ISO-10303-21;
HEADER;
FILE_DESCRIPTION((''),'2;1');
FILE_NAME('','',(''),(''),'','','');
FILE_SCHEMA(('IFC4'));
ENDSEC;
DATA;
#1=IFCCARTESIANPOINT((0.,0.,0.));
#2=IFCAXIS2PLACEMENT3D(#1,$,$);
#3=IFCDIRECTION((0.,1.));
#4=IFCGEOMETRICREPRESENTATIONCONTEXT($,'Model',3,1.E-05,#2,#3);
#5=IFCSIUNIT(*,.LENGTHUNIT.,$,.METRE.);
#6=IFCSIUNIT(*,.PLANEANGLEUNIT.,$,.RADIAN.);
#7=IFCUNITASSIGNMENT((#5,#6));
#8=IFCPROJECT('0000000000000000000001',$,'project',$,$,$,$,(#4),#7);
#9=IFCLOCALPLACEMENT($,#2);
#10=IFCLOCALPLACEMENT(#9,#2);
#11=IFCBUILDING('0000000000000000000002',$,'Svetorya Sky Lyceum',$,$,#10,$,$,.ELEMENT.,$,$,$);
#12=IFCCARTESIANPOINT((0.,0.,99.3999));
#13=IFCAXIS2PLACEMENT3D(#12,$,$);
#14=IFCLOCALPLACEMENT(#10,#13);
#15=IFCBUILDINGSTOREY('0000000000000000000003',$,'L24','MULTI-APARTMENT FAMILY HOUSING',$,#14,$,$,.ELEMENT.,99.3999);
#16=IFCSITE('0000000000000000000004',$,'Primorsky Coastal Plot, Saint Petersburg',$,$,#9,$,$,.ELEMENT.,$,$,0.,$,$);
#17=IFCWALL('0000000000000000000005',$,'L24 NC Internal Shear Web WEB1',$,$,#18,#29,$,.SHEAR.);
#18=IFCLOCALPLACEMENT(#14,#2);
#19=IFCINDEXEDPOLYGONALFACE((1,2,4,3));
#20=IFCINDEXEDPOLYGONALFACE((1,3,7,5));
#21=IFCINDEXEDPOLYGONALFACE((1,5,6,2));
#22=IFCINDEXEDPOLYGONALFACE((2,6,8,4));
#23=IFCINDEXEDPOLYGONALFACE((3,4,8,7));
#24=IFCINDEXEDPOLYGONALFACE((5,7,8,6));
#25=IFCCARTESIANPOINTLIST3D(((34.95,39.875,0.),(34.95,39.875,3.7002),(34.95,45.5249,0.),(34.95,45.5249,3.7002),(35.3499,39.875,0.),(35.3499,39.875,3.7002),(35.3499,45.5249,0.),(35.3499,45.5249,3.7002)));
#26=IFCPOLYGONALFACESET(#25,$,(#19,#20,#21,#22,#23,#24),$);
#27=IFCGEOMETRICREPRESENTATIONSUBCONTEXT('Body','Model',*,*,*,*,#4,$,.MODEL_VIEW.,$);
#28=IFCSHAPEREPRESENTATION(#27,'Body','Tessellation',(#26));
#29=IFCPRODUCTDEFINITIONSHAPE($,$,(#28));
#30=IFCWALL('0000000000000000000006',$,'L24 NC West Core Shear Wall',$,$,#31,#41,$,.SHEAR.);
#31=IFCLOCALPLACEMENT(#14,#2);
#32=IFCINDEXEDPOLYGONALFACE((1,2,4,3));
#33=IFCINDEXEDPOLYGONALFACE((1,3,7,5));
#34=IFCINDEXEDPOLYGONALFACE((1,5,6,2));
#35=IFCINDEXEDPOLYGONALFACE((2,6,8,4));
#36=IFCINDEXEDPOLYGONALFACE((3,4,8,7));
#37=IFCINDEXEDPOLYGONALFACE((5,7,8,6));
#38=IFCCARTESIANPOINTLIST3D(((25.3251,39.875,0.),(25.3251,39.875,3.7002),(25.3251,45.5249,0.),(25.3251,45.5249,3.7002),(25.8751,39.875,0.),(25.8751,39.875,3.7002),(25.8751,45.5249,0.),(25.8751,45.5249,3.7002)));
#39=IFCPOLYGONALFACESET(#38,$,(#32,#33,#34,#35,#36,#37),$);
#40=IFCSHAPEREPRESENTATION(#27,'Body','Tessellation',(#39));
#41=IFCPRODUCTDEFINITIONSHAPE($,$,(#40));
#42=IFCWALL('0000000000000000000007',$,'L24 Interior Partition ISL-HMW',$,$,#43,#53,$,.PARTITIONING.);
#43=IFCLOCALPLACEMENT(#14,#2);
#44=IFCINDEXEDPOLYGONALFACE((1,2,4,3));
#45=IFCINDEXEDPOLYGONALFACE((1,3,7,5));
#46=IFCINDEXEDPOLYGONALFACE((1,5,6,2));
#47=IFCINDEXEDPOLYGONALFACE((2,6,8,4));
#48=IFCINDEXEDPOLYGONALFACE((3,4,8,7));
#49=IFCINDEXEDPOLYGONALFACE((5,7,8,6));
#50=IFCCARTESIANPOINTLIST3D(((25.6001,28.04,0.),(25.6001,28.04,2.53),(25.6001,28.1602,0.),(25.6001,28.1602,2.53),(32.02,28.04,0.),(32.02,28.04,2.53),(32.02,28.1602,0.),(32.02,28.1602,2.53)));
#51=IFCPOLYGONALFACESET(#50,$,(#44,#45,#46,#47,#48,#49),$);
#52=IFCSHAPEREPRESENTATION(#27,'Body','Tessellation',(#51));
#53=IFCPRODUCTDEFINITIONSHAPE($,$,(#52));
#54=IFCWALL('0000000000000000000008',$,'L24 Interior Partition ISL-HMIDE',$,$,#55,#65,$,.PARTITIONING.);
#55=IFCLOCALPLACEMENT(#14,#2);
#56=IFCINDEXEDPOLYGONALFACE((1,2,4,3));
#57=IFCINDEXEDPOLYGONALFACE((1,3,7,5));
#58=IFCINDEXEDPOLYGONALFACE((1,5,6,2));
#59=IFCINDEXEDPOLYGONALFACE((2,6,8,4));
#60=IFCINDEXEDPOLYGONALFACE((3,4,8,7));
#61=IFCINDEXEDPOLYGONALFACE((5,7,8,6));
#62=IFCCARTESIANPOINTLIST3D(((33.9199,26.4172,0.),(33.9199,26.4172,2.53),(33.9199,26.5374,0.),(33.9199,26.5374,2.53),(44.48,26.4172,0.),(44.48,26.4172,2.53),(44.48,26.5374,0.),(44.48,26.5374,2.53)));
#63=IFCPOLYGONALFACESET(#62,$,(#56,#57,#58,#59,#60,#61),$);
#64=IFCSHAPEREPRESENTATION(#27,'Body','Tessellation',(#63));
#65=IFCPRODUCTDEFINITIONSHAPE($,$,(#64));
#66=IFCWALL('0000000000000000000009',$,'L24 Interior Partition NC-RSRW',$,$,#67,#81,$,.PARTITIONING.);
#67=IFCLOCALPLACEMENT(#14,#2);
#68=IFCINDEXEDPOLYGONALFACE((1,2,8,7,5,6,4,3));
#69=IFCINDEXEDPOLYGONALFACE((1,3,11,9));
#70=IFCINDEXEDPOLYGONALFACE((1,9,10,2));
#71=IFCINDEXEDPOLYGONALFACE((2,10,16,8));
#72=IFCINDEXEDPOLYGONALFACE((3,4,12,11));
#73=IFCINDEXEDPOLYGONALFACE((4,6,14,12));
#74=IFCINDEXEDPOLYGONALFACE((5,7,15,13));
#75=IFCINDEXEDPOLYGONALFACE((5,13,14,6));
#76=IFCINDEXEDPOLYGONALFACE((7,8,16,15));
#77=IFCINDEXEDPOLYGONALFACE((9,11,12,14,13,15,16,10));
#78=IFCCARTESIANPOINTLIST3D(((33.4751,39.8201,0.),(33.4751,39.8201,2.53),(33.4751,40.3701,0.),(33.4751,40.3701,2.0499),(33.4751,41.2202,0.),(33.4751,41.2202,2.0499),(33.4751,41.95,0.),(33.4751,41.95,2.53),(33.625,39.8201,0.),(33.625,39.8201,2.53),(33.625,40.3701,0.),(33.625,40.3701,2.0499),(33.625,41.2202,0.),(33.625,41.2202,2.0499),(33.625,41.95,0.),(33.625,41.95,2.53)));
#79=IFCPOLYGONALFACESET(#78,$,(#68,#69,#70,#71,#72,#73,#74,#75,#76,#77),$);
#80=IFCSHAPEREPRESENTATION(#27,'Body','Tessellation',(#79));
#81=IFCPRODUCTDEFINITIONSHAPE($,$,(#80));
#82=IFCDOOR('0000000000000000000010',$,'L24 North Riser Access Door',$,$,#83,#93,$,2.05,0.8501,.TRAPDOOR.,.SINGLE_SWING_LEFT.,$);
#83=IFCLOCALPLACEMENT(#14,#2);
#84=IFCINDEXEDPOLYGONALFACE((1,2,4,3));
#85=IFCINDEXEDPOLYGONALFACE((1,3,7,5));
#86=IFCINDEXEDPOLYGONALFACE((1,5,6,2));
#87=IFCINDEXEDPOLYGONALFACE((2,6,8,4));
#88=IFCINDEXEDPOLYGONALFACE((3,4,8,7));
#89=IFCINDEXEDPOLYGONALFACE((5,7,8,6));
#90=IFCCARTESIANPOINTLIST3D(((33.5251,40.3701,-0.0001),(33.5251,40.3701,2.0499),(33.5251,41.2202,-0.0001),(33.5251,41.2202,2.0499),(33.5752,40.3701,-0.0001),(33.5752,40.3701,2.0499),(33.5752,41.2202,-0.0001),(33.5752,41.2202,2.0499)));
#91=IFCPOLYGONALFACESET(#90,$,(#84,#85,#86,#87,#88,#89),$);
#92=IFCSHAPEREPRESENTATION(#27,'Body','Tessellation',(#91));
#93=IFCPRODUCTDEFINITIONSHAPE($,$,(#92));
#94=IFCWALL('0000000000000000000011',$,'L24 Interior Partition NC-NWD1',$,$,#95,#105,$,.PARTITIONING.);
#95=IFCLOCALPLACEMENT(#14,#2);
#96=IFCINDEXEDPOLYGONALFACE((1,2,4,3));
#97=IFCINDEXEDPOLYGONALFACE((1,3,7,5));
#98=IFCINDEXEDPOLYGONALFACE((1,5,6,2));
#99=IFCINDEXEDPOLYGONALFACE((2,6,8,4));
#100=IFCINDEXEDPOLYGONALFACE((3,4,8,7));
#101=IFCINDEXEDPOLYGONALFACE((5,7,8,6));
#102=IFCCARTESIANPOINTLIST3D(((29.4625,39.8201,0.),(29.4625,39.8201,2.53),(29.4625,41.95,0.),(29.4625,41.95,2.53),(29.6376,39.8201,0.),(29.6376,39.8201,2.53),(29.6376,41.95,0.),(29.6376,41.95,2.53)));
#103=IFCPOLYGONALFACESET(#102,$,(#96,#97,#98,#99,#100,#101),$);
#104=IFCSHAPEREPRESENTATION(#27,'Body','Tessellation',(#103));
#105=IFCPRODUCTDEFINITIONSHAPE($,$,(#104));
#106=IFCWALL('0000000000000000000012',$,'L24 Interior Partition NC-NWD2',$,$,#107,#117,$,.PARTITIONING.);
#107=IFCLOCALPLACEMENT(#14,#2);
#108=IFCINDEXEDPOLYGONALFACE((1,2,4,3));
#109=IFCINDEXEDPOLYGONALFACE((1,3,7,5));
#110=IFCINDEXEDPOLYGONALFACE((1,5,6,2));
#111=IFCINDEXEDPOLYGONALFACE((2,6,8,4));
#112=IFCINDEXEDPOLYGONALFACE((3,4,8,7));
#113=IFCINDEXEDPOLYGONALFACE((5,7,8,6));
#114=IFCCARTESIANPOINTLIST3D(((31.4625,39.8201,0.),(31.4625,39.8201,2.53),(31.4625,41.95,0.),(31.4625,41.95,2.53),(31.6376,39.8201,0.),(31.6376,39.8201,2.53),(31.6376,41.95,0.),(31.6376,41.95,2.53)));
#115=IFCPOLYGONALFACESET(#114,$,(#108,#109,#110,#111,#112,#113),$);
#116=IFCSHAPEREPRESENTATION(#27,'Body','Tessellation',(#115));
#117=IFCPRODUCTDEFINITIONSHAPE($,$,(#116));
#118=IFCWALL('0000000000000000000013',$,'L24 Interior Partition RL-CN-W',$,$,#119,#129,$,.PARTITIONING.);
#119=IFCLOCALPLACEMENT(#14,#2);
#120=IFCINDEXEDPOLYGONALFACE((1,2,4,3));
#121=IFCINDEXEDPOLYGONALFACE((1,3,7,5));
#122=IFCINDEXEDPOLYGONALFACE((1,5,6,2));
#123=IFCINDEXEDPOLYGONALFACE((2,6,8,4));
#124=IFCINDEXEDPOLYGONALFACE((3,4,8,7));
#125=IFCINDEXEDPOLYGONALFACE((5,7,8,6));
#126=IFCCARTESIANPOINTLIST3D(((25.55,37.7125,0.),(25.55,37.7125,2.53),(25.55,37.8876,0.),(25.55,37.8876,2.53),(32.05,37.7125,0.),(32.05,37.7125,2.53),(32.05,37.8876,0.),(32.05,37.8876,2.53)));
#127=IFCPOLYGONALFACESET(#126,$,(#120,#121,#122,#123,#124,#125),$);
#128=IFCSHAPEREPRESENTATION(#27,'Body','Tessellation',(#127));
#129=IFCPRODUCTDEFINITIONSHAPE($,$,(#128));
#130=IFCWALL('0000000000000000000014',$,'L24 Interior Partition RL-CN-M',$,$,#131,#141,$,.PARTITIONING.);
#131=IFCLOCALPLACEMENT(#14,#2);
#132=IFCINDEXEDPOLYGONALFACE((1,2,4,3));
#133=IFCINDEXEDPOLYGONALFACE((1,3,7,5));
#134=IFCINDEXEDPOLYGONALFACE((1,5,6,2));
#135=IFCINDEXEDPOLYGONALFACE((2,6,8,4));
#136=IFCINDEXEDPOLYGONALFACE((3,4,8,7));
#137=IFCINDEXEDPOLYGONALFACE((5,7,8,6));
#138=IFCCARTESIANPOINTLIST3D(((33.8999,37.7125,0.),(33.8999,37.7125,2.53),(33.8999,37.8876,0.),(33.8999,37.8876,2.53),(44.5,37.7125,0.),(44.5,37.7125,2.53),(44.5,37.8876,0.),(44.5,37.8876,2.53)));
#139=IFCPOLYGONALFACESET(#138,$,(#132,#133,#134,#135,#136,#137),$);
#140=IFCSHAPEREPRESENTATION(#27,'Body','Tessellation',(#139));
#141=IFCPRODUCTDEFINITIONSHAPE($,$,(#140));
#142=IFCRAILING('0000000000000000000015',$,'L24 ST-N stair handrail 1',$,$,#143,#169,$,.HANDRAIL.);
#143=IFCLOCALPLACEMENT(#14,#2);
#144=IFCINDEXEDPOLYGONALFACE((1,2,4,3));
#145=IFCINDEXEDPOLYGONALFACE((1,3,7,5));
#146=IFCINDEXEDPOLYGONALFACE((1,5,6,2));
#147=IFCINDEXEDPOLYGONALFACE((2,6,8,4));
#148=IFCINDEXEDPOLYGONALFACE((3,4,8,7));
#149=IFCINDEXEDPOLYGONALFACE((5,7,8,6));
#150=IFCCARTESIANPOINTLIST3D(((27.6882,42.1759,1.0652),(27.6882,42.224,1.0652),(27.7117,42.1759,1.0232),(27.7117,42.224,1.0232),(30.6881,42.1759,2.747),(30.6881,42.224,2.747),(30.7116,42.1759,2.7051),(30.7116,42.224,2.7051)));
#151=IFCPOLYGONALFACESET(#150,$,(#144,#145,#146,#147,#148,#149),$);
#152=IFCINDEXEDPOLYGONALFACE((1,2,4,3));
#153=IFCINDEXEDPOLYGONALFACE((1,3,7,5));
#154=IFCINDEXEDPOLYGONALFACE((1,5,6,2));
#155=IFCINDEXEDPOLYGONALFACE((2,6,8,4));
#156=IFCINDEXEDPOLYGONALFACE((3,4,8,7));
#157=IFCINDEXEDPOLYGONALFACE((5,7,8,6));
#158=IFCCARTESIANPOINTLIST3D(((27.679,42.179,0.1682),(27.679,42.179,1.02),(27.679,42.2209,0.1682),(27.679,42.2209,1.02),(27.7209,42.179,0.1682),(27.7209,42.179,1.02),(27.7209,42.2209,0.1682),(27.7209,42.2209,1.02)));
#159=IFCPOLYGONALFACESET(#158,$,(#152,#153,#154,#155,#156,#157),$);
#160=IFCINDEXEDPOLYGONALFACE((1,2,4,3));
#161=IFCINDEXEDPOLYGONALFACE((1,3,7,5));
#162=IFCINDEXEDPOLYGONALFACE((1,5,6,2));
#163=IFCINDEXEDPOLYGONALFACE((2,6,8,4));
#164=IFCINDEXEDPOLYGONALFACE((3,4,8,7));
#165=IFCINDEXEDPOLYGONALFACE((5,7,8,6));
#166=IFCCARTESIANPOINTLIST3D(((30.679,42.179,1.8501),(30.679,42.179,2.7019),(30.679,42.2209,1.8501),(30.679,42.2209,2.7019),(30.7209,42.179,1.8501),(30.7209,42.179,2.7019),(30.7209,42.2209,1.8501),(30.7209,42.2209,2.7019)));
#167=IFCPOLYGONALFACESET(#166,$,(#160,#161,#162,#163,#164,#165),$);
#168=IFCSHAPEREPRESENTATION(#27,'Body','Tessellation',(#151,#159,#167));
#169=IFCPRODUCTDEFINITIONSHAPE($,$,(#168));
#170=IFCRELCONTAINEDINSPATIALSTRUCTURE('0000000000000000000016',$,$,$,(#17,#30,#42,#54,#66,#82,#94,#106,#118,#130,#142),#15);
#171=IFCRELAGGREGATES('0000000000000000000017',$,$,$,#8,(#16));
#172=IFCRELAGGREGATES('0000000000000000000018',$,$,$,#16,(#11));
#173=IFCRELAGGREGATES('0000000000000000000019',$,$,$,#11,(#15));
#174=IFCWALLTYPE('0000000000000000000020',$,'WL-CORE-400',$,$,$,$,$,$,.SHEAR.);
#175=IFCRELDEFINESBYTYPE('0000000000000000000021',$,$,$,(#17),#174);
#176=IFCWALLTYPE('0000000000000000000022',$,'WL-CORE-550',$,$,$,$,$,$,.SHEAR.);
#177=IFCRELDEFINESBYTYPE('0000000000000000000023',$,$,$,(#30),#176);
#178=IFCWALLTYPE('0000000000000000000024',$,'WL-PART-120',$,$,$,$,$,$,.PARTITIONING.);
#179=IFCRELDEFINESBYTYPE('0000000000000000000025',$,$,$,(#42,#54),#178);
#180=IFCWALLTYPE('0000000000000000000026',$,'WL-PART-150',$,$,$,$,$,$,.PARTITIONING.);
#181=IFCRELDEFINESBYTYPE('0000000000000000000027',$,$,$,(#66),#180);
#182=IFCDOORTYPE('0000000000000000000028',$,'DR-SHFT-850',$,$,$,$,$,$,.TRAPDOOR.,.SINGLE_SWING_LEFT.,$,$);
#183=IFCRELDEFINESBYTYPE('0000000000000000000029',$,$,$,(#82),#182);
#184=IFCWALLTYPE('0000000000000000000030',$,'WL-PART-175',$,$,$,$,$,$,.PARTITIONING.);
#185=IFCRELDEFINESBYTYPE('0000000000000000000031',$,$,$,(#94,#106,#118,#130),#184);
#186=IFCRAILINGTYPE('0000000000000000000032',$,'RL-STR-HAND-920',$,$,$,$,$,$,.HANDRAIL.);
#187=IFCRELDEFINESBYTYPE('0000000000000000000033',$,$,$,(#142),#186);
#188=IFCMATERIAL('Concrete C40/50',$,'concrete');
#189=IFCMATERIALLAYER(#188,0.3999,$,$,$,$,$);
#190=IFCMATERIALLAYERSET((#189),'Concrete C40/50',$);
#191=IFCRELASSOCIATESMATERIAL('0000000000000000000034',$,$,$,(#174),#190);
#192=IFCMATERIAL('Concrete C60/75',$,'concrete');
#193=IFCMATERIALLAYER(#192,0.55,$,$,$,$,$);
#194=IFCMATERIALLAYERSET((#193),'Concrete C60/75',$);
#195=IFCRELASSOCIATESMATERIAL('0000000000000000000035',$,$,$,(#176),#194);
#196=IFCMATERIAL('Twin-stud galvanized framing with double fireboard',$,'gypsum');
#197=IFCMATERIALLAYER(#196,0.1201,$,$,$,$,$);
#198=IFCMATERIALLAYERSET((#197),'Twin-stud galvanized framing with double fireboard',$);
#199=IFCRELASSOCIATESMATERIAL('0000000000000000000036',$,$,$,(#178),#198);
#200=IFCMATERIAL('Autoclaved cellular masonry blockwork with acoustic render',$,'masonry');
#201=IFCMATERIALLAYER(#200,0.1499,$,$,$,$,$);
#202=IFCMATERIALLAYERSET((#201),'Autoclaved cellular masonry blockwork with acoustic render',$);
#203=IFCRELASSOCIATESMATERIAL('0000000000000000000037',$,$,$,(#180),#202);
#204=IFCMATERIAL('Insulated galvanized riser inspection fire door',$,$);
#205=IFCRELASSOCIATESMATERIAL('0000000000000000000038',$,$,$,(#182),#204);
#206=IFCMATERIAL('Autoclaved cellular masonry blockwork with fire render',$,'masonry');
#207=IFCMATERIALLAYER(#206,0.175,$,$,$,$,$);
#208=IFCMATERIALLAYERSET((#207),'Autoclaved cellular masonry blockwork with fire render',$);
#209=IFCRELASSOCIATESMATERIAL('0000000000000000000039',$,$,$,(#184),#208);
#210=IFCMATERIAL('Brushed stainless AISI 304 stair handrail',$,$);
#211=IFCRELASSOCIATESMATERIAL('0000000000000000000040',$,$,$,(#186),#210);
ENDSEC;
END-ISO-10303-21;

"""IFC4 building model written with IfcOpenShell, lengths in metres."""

from ifc_helpers import new_model, si_unit, direction, frame, frame_2d, origin, origin_2d, place, context, subcontext, project, spatial, rectangle, extrude, material, layer, layer_set, type_object, element, fill, save


model = new_model("IFC4")

# Units and contexts
model_context = context("Model", 3, precision=1e-05, world=origin(), true_north=direction((0.0, 1.0)))
body_context = subcontext(model_context, "Body", "Model", "MODEL_VIEW")
ifc_project = project(units=[si_unit("LENGTHUNIT", "METRE"), si_unit("PLANEANGLEUNIT", "RADIAN")], contexts=[model_context])

# Site, building, storey
site_placement = place(None, origin())
site = spatial("IfcSite", under=ifc_project, at=site_placement, Name="Primorsky Coastal Plot, Saint Petersburg", CompositionType="ELEMENT", RefElevation=0.0)
building_placement = place(site_placement, origin())
building = spatial("IfcBuilding", under=site, at=building_placement, Name="Svetorya Sky Lyceum", CompositionType="ELEMENT")
storey_placement = place(building_placement, frame((0.0, 0.0, 99.3999)))
storey = spatial("IfcBuildingStorey", under=building, at=storey_placement, Name="L24", Description="MULTI-APARTMENT FAMILY HOUSING", CompositionType="ELEMENT", Elevation=99.3999)

# Walls
ifc_material_1 = material(Name="Concrete C40/50", Category="concrete")
ifc_layer_1 = layer(ifc_material_1, 0.3999)
ifc_layer_set_1 = layer_set([ifc_layer_1], Name="Concrete C40/50")
wall_type_1 = type_object("IfcWallType", Name="WL-CORE-400", PredefinedType="SHEAR", material=ifc_layer_set_1)
wall_1_placement = place(storey_placement, frame((35.1499, 39.875, 0.0), z_axis=(0.0, 0.0, 1.0), x_axis=(0.0, 1.0, 0.0)))
element("IfcWall", 1, at=wall_1_placement, inside=storey, type_object=wall_type_1, Name="L24 NC Internal Shear Web WEB1", PredefinedType="SHEAR", context=body_context, shape_type="SweptSolid", body=[
    extrude(rectangle(XDim=5.6499, YDim=0.3999, at=frame_2d((2.825, 0.0))), origin(), (0.0, 0.0, 1.0), 3.7002),
])
ifc_material_2 = material(Name="Concrete C60/75", Category="concrete")
ifc_layer_2 = layer(ifc_material_2, 0.55)
ifc_layer_set_2 = layer_set([ifc_layer_2], Name="Concrete C60/75")
wall_type_2 = type_object("IfcWallType", Name="WL-CORE-550", PredefinedType="SHEAR", material=ifc_layer_set_2)
wall_2_placement = place(storey_placement, frame((25.6001, 39.875, 0.0), z_axis=(0.0, 0.0, 1.0), x_axis=(0.0, 1.0, 0.0)))
element("IfcWall", 2, at=wall_2_placement, inside=storey, type_object=wall_type_2, Name="L24 NC West Core Shear Wall", PredefinedType="SHEAR", context=body_context, shape_type="SweptSolid", body=[
    extrude(rectangle(XDim=5.6499, YDim=0.55, at=frame_2d((2.825, 0.0))), origin(), (0.0, 0.0, 1.0), 3.7002),
])
ifc_material_3 = material(Name="Twin-stud galvanized framing with double fireboard", Category="gypsum")
ifc_layer_3 = layer(ifc_material_3, 0.1201)
ifc_layer_set_3 = layer_set([ifc_layer_3], Name="Twin-stud galvanized framing with double fireboard")
wall_type_3 = type_object("IfcWallType", Name="WL-PART-120", PredefinedType="PARTITIONING", material=ifc_layer_set_3)
wall_3_placement = place(storey_placement, frame((25.6001, 28.1001, 0.0), z_axis=(0.0, 0.0, 1.0), x_axis=(1.0, 0.0, 0.0)))
element("IfcWall", 3, at=wall_3_placement, inside=storey, type_object=wall_type_3, Name="L24 Interior Partition ISL-HMW", PredefinedType="PARTITIONING", context=body_context, shape_type="SweptSolid", body=[
    extrude(rectangle(XDim=6.4199, YDim=0.1201, at=frame_2d((3.21, 0.0))), origin(), (0.0, 0.0, 1.0), 2.53),
])
wall_4_placement = place(storey_placement, frame((33.9199, 26.4773, 0.0), z_axis=(0.0, 0.0, 1.0), x_axis=(1.0, 0.0, 0.0)))
element("IfcWall", 4, at=wall_4_placement, inside=storey, type_object=wall_type_3, Name="L24 Interior Partition ISL-HMIDE", PredefinedType="PARTITIONING", context=body_context, shape_type="SweptSolid", body=[
    extrude(rectangle(XDim=10.5601, YDim=0.1201, at=frame_2d((5.28, 0.0))), origin(), (0.0, 0.0, 1.0), 2.53),
])

# Wall, opening, door
ifc_material_4 = material(Name="Autoclaved cellular masonry blockwork with acoustic render", Category="masonry")
ifc_layer_4 = layer(ifc_material_4, 0.1499)
ifc_layer_set_4 = layer_set([ifc_layer_4], Name="Autoclaved cellular masonry blockwork with acoustic render")
wall_type_4 = type_object("IfcWallType", Name="WL-PART-150", PredefinedType="PARTITIONING", material=ifc_layer_set_4)
wall_5_placement = place(storey_placement, frame((33.55, 39.8201, 0.0), z_axis=(0.0, 0.0, 1.0), x_axis=(0.0, 1.0, 0.0)))
wall_5 = element("IfcWall", 5, at=wall_5_placement, inside=storey, type_object=wall_type_4, Name="L24 Interior Partition NC-RSRW", PredefinedType="PARTITIONING", context=body_context, shape_type="SweptSolid", body=[
    extrude(rectangle(XDim=2.1299, YDim=0.1499, at=frame_2d((1.0649, 0.0))), origin(), (0.0, 0.0, 1.0), 2.53),
])
opening_placement = place(wall_5_placement, frame((0.55, 0.0, 0.0)))
opening = element("IfcOpeningElement", 6, at=opening_placement, cuts=wall_5, PredefinedType="OPENING", context=body_context, shape_type="SweptSolid", body=[
    extrude(rectangle(XDim=0.8501, YDim=2.05, at=frame_2d((0.425, 1.0249))), frame((0.0, 0.085, 0.0), z_axis=(0.0, -1.0, 0.0), x_axis=(1.0, 0.0, 0.0)), (0.0, 0.0, 1.0), 0.1699),
])
ifc_material_5 = material(Name="Insulated galvanized riser inspection fire door")
door_type = type_object("IfcDoorType", Name="DR-SHFT-850", OperationType="SINGLE_SWING_LEFT", PredefinedType="TRAPDOOR", material=ifc_material_5)
door_placement = place(opening_placement, origin())
door = element("IfcDoor", 7, at=door_placement, inside=storey, type_object=door_type, Name="L24 North Riser Access Door", OperationType="SINGLE_SWING_LEFT", OverallHeight=2.05, OverallWidth=0.8501, PredefinedType="TRAPDOOR", context=body_context, shape_type="SweptSolid", body=[
    extrude(rectangle(XDim=0.8501, YDim=2.05, at=frame_2d((0.425, 1.0249))), frame((0.0, 0.0249, 0.0), z_axis=(0.0, -1.0, 0.0), x_axis=(1.0, 0.0, 0.0)), (0.0, 0.0, 1.0), 0.05),
])
fill(opening, door)

# Walls
ifc_material_6 = material(Name="Autoclaved cellular masonry blockwork with fire render", Category="masonry")
ifc_layer_5 = layer(ifc_material_6, 0.175)
ifc_layer_set_5 = layer_set([ifc_layer_5], Name="Autoclaved cellular masonry blockwork with fire render")
wall_type_5 = type_object("IfcWallType", Name="WL-PART-175", PredefinedType="PARTITIONING", material=ifc_layer_set_5)
for number, where, z_axis, x_axis, name in (
    (8, (29.55, 39.8201, 0.0), (0.0, 0.0, 1.0), (0.0, 1.0, 0.0), "L24 Interior Partition NC-NWD1"),
    (9, (31.55, 39.8201, 0.0), (0.0, 0.0, 1.0), (0.0, 1.0, 0.0), "L24 Interior Partition NC-NWD2"),
):
    element("IfcWall", number, at=place(storey_placement, frame(where, z_axis=z_axis, x_axis=x_axis)), inside=storey, type_object=wall_type_5, Name=name, PredefinedType="PARTITIONING", context=body_context, shape_type="SweptSolid", body=[
        extrude(rectangle(XDim=2.1299, YDim=0.175, at=frame_2d((1.0649, 0.0))), origin(), (0.0, 0.0, 1.0), 2.53),
    ])
wall_6_placement = place(storey_placement, frame((25.55, 37.8, 0.0), z_axis=(0.0, 0.0, 1.0), x_axis=(1.0, 0.0, 0.0)))
element("IfcWall", 10, at=wall_6_placement, inside=storey, type_object=wall_type_5, Name="L24 Interior Partition RL-CN-W", PredefinedType="PARTITIONING", context=body_context, shape_type="SweptSolid", body=[
    extrude(rectangle(XDim=6.5, YDim=0.175, at=frame_2d((3.25, 0.0))), origin(), (0.0, 0.0, 1.0), 2.53),
])
wall_7_placement = place(storey_placement, frame((33.8999, 37.8, 0.0), z_axis=(0.0, 0.0, 1.0), x_axis=(1.0, 0.0, 0.0)))
element("IfcWall", 11, at=wall_7_placement, inside=storey, type_object=wall_type_5, Name="L24 Interior Partition RL-CN-M", PredefinedType="PARTITIONING", context=body_context, shape_type="SweptSolid", body=[
    extrude(rectangle(XDim=10.6001, YDim=0.175, at=frame_2d((5.3, 0.0))), origin(), (0.0, 0.0, 1.0), 2.53),
])

# Railing
ifc_material_7 = material(Name="Brushed stainless AISI 304 stair handrail")
railing_type = type_object("IfcRailingType", Name="RL-STR-HAND-920", PredefinedType="HANDRAIL", material=ifc_material_7)
railing_placement = place(storey_placement, frame((27.7, 42.2, 0.1682)))
element("IfcRailing", 12, at=railing_placement, inside=storey, type_object=railing_type, Name="L24 ST-N stair handrail 1", PredefinedType="HANDRAIL", context=body_context, shape_type="SweptSolid", body=[
    extrude(rectangle(XDim=0.0481, YDim=0.0481, at=origin_2d()), frame((0.0, 0.0, 0.876), z_axis=(0.872272, 0.0, 0.48902), x_axis=(0.0, 1.0, 0.0)), (0.0, 0.0, 1.0), 3.4392),
    extrude(rectangle(XDim=0.042, YDim=0.042, at=origin_2d()), origin(), (0.0, 0.0, 1.0), 0.8518),
    extrude(rectangle(XDim=0.042, YDim=0.042, at=origin_2d()), frame((3.0, 0.0, 1.6819)), (0.0, 0.0, 1.0), 0.8518),
])

save(model, "model.ifc")
